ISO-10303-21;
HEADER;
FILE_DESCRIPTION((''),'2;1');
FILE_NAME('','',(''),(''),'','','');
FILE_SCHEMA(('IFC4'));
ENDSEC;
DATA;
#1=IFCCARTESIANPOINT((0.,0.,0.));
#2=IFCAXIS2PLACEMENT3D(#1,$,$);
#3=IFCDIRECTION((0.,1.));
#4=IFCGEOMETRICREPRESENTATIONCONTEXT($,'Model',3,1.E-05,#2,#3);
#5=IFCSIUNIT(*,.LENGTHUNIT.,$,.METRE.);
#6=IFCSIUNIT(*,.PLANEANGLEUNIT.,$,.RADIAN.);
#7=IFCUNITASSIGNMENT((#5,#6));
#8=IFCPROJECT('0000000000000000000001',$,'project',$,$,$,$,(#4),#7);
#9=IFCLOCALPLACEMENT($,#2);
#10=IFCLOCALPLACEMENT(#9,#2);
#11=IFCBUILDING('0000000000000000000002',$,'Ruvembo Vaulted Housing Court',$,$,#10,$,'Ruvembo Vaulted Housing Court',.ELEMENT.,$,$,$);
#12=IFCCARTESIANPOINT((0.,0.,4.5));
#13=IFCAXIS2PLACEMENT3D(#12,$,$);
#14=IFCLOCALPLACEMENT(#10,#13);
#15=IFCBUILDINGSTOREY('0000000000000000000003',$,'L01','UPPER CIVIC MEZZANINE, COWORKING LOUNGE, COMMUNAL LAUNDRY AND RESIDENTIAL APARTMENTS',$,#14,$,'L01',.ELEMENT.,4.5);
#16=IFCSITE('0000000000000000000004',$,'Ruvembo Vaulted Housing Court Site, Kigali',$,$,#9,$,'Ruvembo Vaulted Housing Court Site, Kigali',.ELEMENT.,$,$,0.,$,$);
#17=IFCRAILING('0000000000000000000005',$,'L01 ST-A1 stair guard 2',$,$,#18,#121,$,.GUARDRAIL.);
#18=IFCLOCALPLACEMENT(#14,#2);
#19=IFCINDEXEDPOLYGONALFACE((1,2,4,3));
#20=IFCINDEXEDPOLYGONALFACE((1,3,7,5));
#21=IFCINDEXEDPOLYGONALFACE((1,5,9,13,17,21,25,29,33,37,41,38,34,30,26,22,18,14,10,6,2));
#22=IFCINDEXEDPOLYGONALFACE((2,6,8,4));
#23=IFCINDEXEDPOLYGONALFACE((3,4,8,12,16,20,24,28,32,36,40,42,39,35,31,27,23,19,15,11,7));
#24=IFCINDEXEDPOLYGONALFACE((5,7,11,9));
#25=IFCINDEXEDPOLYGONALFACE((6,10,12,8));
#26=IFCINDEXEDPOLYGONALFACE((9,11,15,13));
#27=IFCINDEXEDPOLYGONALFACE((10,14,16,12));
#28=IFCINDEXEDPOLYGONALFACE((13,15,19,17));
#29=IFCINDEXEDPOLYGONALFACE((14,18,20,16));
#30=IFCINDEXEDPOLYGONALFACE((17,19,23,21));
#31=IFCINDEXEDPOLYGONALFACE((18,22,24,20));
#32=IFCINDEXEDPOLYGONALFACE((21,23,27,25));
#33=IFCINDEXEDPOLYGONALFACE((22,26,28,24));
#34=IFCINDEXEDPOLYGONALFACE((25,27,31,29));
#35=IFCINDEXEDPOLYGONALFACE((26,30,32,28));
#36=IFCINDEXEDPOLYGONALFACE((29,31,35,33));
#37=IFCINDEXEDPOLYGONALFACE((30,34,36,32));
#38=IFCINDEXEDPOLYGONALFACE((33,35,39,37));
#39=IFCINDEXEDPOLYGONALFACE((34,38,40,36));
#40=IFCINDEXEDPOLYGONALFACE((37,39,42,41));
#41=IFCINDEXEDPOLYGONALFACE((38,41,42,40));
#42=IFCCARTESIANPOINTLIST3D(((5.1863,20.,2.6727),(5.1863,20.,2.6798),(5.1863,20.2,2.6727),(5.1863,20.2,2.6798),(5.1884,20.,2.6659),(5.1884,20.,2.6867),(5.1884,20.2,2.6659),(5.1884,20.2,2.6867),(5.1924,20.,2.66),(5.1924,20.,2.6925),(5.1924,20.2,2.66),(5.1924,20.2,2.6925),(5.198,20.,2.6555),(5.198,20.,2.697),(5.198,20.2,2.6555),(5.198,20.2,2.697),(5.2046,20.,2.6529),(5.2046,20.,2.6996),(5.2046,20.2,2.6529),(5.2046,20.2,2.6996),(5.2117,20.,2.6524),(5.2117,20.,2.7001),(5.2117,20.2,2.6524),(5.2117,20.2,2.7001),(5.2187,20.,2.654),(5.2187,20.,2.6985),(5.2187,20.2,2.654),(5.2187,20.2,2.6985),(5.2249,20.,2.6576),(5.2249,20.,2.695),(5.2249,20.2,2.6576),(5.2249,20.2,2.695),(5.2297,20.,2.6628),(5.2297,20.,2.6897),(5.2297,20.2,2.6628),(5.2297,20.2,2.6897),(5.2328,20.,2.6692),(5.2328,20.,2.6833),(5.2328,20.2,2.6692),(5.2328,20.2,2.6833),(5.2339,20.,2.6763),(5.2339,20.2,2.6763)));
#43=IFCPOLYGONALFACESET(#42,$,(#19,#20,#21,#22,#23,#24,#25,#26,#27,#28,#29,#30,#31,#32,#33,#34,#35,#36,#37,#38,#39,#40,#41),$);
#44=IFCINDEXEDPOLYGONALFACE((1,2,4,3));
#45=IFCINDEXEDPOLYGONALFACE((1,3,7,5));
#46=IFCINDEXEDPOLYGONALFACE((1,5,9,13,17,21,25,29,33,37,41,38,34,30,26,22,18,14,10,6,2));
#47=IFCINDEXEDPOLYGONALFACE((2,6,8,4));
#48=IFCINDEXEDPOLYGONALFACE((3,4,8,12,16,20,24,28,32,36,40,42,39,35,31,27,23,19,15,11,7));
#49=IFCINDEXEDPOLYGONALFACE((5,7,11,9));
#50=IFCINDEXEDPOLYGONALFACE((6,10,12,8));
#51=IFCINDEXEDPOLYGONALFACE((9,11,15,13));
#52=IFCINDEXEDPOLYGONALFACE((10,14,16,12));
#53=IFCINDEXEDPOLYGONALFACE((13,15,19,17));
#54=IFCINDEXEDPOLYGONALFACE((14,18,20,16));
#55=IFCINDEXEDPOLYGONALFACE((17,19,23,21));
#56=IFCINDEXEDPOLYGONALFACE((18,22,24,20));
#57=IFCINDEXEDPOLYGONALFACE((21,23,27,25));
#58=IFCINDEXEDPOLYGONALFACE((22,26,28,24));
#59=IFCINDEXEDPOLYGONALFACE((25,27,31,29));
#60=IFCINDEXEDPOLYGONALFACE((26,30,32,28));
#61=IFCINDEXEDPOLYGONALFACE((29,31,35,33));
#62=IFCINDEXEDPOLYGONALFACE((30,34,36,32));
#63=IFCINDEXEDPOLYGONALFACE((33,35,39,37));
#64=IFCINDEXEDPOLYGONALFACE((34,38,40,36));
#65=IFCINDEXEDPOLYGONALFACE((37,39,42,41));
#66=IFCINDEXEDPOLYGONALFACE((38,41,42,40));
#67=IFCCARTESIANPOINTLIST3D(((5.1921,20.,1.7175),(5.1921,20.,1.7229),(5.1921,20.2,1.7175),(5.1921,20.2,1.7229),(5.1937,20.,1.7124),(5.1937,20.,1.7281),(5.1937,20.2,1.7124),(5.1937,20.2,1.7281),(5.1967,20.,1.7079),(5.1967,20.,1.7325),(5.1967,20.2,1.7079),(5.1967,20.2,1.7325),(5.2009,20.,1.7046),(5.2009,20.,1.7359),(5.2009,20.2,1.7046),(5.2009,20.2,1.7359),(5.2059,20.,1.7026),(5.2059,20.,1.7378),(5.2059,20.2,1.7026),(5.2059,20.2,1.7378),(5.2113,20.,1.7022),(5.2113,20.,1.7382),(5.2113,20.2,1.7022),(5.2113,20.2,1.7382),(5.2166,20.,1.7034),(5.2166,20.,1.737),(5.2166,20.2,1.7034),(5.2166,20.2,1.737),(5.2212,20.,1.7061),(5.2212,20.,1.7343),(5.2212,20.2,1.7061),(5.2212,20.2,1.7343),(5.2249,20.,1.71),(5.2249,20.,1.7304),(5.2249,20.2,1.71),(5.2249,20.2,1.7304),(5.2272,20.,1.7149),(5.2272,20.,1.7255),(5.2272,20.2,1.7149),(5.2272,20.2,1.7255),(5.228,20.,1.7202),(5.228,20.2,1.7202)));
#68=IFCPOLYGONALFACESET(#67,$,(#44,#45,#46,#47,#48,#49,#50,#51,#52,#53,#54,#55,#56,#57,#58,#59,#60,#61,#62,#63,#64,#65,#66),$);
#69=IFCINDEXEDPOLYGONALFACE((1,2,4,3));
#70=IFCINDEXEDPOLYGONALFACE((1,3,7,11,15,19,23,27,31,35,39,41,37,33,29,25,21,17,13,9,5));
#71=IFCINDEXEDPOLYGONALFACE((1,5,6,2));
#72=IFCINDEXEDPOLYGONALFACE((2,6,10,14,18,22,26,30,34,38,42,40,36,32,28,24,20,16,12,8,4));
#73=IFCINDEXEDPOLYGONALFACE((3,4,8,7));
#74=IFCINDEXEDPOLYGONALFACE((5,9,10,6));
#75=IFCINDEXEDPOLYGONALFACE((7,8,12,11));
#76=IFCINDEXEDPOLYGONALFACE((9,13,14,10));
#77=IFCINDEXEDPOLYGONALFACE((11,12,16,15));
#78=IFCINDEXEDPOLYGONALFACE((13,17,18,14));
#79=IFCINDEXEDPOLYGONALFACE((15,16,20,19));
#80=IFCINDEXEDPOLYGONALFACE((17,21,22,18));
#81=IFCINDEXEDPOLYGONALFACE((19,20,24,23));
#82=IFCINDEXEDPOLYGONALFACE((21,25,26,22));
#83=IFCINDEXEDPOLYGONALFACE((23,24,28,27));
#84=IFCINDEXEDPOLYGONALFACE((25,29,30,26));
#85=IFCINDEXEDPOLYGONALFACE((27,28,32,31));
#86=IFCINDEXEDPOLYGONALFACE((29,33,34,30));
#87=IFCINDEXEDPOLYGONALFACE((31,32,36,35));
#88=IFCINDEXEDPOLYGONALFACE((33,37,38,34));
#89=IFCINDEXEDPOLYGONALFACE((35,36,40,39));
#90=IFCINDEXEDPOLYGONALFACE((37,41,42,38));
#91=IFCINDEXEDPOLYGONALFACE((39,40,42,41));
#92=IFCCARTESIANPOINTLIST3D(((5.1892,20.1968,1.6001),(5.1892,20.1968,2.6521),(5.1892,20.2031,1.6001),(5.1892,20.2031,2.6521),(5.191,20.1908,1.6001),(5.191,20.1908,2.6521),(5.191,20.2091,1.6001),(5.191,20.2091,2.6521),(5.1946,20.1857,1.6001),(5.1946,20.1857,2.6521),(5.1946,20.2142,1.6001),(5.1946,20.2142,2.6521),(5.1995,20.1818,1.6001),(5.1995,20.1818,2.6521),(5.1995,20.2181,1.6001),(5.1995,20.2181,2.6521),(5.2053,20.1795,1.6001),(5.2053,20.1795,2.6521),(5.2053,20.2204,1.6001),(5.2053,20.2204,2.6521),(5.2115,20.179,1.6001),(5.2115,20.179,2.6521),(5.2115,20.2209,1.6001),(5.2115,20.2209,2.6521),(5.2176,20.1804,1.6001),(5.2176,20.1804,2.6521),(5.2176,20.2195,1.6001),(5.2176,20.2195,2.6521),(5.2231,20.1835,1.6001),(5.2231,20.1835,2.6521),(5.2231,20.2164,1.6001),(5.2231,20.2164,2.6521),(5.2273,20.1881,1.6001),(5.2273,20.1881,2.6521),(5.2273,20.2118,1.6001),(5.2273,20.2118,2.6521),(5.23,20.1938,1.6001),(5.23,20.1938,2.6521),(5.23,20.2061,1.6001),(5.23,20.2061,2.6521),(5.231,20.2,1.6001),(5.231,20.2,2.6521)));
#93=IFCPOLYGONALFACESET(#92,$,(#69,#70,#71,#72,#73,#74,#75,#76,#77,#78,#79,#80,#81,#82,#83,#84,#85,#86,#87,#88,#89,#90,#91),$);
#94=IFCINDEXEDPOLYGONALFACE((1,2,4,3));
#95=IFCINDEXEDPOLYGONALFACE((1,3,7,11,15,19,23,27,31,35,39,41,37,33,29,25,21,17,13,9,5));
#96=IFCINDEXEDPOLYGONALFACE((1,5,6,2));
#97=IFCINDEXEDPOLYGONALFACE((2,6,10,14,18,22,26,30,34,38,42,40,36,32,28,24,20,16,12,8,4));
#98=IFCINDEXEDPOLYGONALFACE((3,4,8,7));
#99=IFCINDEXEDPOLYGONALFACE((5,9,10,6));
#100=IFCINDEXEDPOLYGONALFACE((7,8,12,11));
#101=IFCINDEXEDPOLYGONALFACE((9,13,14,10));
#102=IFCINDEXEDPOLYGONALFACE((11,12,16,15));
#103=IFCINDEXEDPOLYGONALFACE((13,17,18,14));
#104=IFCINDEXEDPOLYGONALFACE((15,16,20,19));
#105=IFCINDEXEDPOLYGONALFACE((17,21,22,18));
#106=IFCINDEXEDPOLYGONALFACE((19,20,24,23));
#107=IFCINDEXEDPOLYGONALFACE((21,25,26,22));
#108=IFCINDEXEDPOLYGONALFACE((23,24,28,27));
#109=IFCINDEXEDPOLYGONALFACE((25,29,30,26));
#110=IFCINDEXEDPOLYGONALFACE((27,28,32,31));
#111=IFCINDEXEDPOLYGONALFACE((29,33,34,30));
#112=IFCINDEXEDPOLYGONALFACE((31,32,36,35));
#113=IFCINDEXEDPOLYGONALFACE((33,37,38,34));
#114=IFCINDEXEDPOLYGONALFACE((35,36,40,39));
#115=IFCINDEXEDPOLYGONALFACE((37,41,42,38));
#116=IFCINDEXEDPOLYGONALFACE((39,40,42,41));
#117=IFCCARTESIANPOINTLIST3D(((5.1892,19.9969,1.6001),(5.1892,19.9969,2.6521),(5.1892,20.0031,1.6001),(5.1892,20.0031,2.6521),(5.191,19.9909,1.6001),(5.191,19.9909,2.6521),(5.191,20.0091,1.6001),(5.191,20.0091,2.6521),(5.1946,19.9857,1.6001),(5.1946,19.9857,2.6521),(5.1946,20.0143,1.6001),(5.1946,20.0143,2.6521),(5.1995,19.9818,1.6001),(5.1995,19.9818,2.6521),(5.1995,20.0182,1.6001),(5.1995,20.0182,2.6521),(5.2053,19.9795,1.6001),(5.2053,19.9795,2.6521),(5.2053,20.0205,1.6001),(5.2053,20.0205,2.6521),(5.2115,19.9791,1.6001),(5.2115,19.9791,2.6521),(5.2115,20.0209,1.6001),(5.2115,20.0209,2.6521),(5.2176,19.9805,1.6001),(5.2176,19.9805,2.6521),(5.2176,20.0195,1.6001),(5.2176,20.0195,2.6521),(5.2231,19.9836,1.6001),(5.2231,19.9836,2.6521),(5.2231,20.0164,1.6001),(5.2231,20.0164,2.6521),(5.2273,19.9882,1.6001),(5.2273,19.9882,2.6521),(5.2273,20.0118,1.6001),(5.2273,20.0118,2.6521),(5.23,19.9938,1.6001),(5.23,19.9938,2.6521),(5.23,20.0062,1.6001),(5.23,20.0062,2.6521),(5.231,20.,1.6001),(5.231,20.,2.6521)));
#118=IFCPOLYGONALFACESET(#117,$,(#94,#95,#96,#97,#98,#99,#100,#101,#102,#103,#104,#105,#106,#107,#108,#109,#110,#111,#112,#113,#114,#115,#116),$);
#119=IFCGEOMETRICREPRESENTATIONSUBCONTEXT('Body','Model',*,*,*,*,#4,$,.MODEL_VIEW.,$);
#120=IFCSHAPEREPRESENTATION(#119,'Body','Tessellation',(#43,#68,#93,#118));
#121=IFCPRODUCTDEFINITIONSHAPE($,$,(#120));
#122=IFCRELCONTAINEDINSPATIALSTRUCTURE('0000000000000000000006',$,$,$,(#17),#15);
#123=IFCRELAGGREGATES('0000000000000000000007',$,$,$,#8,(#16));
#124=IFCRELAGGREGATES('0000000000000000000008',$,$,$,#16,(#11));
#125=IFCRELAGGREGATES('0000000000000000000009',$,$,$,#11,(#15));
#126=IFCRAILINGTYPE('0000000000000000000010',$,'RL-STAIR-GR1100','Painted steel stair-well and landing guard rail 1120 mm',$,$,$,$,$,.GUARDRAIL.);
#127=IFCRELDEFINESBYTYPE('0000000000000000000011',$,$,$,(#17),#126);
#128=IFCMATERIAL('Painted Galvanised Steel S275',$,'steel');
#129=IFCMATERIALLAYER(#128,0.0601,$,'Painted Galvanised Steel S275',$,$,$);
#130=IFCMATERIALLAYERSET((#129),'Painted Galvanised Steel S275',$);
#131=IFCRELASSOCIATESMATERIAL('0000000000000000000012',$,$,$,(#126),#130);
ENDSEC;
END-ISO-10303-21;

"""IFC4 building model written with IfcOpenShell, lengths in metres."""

from ifc_helpers import new_model, si_unit, direction, frame, origin, origin_2d, place, context, subcontext, project, spatial, circle, extrude, material, layer, layer_set, type_object, element, save


model = new_model("IFC4")

# Units and contexts
model_context = context("Model", 3, precision=1e-05, world=origin(), true_north=direction((0.0, 1.0)))
body_context = subcontext(model_context, "Body", "Model", "MODEL_VIEW")
ifc_project = project(units=[si_unit("LENGTHUNIT", "METRE"), si_unit("PLANEANGLEUNIT", "RADIAN")], contexts=[model_context])

# Site, building, storey
site_placement = place(None, origin())
site = spatial("IfcSite", under=ifc_project, at=site_placement, Name="Ruvembo Vaulted Housing Court Site, Kigali", LongName="Ruvembo Vaulted Housing Court Site, Kigali", CompositionType="ELEMENT", RefElevation=0.0)
building_placement = place(site_placement, origin())
building = spatial("IfcBuilding", under=site, at=building_placement, Name="Ruvembo Vaulted Housing Court", LongName="Ruvembo Vaulted Housing Court", CompositionType="ELEMENT")
storey_placement = place(building_placement, frame((0.0, 0.0, 4.5)))
storey = spatial("IfcBuildingStorey", under=building, at=storey_placement, Name="L01", Description="UPPER CIVIC MEZZANINE, COWORKING LOUNGE, COMMUNAL LAUNDRY AND RESIDENTIAL APARTMENTS", LongName="L01", CompositionType="ELEMENT", Elevation=4.5)

# Railing
ifc_material_1 = material(Name="Painted Galvanised Steel S275", Category="steel")
ifc_layer_1 = layer(ifc_material_1, 0.0601, Name="Painted Galvanised Steel S275")
ifc_layer_set_1 = layer_set([ifc_layer_1], Name="Painted Galvanised Steel S275")
railing_type_1 = type_object("IfcRailingType", Name="RL-STAIR-GR1100", Description="Painted steel stair-well and landing guard rail 1120 mm", PredefinedType="GUARDRAIL", material=ifc_layer_set_1)
railing_1_placement = place(storey_placement, frame((5.21, 20.2, 1.6001)))
element("IfcRailing", 1, at=railing_1_placement, inside=storey, type_object=railing_type_1, Name="L01 ST-A1 stair guard 2", PredefinedType="GUARDRAIL", context=body_context, shape_type="SweptSolid", body=[
    extrude(circle(Radius=0.0239, at=origin_2d()), frame((0.0, 0.0, 1.0762), z_axis=(0.0, -1.0, 0.0), x_axis=(1.0, 0.0, 0.0)), (0.0, 0.0, 1.0), 0.2),
    extrude(circle(Radius=0.0181, at=origin_2d()), frame((0.0, 0.0, 0.1201), z_axis=(0.0, -1.0, 0.0), x_axis=(1.0, 0.0, 0.0)), (0.0, 0.0, 1.0), 0.2),
    extrude(circle(Radius=0.021, at=origin_2d()), origin(), (0.0, 0.0, 1.0), 1.052),
    extrude(circle(Radius=0.021, at=origin_2d()), frame((0.0, -0.2, 0.0)), (0.0, 0.0, 1.0), 1.052),
])

save(model, "model.ifc")
